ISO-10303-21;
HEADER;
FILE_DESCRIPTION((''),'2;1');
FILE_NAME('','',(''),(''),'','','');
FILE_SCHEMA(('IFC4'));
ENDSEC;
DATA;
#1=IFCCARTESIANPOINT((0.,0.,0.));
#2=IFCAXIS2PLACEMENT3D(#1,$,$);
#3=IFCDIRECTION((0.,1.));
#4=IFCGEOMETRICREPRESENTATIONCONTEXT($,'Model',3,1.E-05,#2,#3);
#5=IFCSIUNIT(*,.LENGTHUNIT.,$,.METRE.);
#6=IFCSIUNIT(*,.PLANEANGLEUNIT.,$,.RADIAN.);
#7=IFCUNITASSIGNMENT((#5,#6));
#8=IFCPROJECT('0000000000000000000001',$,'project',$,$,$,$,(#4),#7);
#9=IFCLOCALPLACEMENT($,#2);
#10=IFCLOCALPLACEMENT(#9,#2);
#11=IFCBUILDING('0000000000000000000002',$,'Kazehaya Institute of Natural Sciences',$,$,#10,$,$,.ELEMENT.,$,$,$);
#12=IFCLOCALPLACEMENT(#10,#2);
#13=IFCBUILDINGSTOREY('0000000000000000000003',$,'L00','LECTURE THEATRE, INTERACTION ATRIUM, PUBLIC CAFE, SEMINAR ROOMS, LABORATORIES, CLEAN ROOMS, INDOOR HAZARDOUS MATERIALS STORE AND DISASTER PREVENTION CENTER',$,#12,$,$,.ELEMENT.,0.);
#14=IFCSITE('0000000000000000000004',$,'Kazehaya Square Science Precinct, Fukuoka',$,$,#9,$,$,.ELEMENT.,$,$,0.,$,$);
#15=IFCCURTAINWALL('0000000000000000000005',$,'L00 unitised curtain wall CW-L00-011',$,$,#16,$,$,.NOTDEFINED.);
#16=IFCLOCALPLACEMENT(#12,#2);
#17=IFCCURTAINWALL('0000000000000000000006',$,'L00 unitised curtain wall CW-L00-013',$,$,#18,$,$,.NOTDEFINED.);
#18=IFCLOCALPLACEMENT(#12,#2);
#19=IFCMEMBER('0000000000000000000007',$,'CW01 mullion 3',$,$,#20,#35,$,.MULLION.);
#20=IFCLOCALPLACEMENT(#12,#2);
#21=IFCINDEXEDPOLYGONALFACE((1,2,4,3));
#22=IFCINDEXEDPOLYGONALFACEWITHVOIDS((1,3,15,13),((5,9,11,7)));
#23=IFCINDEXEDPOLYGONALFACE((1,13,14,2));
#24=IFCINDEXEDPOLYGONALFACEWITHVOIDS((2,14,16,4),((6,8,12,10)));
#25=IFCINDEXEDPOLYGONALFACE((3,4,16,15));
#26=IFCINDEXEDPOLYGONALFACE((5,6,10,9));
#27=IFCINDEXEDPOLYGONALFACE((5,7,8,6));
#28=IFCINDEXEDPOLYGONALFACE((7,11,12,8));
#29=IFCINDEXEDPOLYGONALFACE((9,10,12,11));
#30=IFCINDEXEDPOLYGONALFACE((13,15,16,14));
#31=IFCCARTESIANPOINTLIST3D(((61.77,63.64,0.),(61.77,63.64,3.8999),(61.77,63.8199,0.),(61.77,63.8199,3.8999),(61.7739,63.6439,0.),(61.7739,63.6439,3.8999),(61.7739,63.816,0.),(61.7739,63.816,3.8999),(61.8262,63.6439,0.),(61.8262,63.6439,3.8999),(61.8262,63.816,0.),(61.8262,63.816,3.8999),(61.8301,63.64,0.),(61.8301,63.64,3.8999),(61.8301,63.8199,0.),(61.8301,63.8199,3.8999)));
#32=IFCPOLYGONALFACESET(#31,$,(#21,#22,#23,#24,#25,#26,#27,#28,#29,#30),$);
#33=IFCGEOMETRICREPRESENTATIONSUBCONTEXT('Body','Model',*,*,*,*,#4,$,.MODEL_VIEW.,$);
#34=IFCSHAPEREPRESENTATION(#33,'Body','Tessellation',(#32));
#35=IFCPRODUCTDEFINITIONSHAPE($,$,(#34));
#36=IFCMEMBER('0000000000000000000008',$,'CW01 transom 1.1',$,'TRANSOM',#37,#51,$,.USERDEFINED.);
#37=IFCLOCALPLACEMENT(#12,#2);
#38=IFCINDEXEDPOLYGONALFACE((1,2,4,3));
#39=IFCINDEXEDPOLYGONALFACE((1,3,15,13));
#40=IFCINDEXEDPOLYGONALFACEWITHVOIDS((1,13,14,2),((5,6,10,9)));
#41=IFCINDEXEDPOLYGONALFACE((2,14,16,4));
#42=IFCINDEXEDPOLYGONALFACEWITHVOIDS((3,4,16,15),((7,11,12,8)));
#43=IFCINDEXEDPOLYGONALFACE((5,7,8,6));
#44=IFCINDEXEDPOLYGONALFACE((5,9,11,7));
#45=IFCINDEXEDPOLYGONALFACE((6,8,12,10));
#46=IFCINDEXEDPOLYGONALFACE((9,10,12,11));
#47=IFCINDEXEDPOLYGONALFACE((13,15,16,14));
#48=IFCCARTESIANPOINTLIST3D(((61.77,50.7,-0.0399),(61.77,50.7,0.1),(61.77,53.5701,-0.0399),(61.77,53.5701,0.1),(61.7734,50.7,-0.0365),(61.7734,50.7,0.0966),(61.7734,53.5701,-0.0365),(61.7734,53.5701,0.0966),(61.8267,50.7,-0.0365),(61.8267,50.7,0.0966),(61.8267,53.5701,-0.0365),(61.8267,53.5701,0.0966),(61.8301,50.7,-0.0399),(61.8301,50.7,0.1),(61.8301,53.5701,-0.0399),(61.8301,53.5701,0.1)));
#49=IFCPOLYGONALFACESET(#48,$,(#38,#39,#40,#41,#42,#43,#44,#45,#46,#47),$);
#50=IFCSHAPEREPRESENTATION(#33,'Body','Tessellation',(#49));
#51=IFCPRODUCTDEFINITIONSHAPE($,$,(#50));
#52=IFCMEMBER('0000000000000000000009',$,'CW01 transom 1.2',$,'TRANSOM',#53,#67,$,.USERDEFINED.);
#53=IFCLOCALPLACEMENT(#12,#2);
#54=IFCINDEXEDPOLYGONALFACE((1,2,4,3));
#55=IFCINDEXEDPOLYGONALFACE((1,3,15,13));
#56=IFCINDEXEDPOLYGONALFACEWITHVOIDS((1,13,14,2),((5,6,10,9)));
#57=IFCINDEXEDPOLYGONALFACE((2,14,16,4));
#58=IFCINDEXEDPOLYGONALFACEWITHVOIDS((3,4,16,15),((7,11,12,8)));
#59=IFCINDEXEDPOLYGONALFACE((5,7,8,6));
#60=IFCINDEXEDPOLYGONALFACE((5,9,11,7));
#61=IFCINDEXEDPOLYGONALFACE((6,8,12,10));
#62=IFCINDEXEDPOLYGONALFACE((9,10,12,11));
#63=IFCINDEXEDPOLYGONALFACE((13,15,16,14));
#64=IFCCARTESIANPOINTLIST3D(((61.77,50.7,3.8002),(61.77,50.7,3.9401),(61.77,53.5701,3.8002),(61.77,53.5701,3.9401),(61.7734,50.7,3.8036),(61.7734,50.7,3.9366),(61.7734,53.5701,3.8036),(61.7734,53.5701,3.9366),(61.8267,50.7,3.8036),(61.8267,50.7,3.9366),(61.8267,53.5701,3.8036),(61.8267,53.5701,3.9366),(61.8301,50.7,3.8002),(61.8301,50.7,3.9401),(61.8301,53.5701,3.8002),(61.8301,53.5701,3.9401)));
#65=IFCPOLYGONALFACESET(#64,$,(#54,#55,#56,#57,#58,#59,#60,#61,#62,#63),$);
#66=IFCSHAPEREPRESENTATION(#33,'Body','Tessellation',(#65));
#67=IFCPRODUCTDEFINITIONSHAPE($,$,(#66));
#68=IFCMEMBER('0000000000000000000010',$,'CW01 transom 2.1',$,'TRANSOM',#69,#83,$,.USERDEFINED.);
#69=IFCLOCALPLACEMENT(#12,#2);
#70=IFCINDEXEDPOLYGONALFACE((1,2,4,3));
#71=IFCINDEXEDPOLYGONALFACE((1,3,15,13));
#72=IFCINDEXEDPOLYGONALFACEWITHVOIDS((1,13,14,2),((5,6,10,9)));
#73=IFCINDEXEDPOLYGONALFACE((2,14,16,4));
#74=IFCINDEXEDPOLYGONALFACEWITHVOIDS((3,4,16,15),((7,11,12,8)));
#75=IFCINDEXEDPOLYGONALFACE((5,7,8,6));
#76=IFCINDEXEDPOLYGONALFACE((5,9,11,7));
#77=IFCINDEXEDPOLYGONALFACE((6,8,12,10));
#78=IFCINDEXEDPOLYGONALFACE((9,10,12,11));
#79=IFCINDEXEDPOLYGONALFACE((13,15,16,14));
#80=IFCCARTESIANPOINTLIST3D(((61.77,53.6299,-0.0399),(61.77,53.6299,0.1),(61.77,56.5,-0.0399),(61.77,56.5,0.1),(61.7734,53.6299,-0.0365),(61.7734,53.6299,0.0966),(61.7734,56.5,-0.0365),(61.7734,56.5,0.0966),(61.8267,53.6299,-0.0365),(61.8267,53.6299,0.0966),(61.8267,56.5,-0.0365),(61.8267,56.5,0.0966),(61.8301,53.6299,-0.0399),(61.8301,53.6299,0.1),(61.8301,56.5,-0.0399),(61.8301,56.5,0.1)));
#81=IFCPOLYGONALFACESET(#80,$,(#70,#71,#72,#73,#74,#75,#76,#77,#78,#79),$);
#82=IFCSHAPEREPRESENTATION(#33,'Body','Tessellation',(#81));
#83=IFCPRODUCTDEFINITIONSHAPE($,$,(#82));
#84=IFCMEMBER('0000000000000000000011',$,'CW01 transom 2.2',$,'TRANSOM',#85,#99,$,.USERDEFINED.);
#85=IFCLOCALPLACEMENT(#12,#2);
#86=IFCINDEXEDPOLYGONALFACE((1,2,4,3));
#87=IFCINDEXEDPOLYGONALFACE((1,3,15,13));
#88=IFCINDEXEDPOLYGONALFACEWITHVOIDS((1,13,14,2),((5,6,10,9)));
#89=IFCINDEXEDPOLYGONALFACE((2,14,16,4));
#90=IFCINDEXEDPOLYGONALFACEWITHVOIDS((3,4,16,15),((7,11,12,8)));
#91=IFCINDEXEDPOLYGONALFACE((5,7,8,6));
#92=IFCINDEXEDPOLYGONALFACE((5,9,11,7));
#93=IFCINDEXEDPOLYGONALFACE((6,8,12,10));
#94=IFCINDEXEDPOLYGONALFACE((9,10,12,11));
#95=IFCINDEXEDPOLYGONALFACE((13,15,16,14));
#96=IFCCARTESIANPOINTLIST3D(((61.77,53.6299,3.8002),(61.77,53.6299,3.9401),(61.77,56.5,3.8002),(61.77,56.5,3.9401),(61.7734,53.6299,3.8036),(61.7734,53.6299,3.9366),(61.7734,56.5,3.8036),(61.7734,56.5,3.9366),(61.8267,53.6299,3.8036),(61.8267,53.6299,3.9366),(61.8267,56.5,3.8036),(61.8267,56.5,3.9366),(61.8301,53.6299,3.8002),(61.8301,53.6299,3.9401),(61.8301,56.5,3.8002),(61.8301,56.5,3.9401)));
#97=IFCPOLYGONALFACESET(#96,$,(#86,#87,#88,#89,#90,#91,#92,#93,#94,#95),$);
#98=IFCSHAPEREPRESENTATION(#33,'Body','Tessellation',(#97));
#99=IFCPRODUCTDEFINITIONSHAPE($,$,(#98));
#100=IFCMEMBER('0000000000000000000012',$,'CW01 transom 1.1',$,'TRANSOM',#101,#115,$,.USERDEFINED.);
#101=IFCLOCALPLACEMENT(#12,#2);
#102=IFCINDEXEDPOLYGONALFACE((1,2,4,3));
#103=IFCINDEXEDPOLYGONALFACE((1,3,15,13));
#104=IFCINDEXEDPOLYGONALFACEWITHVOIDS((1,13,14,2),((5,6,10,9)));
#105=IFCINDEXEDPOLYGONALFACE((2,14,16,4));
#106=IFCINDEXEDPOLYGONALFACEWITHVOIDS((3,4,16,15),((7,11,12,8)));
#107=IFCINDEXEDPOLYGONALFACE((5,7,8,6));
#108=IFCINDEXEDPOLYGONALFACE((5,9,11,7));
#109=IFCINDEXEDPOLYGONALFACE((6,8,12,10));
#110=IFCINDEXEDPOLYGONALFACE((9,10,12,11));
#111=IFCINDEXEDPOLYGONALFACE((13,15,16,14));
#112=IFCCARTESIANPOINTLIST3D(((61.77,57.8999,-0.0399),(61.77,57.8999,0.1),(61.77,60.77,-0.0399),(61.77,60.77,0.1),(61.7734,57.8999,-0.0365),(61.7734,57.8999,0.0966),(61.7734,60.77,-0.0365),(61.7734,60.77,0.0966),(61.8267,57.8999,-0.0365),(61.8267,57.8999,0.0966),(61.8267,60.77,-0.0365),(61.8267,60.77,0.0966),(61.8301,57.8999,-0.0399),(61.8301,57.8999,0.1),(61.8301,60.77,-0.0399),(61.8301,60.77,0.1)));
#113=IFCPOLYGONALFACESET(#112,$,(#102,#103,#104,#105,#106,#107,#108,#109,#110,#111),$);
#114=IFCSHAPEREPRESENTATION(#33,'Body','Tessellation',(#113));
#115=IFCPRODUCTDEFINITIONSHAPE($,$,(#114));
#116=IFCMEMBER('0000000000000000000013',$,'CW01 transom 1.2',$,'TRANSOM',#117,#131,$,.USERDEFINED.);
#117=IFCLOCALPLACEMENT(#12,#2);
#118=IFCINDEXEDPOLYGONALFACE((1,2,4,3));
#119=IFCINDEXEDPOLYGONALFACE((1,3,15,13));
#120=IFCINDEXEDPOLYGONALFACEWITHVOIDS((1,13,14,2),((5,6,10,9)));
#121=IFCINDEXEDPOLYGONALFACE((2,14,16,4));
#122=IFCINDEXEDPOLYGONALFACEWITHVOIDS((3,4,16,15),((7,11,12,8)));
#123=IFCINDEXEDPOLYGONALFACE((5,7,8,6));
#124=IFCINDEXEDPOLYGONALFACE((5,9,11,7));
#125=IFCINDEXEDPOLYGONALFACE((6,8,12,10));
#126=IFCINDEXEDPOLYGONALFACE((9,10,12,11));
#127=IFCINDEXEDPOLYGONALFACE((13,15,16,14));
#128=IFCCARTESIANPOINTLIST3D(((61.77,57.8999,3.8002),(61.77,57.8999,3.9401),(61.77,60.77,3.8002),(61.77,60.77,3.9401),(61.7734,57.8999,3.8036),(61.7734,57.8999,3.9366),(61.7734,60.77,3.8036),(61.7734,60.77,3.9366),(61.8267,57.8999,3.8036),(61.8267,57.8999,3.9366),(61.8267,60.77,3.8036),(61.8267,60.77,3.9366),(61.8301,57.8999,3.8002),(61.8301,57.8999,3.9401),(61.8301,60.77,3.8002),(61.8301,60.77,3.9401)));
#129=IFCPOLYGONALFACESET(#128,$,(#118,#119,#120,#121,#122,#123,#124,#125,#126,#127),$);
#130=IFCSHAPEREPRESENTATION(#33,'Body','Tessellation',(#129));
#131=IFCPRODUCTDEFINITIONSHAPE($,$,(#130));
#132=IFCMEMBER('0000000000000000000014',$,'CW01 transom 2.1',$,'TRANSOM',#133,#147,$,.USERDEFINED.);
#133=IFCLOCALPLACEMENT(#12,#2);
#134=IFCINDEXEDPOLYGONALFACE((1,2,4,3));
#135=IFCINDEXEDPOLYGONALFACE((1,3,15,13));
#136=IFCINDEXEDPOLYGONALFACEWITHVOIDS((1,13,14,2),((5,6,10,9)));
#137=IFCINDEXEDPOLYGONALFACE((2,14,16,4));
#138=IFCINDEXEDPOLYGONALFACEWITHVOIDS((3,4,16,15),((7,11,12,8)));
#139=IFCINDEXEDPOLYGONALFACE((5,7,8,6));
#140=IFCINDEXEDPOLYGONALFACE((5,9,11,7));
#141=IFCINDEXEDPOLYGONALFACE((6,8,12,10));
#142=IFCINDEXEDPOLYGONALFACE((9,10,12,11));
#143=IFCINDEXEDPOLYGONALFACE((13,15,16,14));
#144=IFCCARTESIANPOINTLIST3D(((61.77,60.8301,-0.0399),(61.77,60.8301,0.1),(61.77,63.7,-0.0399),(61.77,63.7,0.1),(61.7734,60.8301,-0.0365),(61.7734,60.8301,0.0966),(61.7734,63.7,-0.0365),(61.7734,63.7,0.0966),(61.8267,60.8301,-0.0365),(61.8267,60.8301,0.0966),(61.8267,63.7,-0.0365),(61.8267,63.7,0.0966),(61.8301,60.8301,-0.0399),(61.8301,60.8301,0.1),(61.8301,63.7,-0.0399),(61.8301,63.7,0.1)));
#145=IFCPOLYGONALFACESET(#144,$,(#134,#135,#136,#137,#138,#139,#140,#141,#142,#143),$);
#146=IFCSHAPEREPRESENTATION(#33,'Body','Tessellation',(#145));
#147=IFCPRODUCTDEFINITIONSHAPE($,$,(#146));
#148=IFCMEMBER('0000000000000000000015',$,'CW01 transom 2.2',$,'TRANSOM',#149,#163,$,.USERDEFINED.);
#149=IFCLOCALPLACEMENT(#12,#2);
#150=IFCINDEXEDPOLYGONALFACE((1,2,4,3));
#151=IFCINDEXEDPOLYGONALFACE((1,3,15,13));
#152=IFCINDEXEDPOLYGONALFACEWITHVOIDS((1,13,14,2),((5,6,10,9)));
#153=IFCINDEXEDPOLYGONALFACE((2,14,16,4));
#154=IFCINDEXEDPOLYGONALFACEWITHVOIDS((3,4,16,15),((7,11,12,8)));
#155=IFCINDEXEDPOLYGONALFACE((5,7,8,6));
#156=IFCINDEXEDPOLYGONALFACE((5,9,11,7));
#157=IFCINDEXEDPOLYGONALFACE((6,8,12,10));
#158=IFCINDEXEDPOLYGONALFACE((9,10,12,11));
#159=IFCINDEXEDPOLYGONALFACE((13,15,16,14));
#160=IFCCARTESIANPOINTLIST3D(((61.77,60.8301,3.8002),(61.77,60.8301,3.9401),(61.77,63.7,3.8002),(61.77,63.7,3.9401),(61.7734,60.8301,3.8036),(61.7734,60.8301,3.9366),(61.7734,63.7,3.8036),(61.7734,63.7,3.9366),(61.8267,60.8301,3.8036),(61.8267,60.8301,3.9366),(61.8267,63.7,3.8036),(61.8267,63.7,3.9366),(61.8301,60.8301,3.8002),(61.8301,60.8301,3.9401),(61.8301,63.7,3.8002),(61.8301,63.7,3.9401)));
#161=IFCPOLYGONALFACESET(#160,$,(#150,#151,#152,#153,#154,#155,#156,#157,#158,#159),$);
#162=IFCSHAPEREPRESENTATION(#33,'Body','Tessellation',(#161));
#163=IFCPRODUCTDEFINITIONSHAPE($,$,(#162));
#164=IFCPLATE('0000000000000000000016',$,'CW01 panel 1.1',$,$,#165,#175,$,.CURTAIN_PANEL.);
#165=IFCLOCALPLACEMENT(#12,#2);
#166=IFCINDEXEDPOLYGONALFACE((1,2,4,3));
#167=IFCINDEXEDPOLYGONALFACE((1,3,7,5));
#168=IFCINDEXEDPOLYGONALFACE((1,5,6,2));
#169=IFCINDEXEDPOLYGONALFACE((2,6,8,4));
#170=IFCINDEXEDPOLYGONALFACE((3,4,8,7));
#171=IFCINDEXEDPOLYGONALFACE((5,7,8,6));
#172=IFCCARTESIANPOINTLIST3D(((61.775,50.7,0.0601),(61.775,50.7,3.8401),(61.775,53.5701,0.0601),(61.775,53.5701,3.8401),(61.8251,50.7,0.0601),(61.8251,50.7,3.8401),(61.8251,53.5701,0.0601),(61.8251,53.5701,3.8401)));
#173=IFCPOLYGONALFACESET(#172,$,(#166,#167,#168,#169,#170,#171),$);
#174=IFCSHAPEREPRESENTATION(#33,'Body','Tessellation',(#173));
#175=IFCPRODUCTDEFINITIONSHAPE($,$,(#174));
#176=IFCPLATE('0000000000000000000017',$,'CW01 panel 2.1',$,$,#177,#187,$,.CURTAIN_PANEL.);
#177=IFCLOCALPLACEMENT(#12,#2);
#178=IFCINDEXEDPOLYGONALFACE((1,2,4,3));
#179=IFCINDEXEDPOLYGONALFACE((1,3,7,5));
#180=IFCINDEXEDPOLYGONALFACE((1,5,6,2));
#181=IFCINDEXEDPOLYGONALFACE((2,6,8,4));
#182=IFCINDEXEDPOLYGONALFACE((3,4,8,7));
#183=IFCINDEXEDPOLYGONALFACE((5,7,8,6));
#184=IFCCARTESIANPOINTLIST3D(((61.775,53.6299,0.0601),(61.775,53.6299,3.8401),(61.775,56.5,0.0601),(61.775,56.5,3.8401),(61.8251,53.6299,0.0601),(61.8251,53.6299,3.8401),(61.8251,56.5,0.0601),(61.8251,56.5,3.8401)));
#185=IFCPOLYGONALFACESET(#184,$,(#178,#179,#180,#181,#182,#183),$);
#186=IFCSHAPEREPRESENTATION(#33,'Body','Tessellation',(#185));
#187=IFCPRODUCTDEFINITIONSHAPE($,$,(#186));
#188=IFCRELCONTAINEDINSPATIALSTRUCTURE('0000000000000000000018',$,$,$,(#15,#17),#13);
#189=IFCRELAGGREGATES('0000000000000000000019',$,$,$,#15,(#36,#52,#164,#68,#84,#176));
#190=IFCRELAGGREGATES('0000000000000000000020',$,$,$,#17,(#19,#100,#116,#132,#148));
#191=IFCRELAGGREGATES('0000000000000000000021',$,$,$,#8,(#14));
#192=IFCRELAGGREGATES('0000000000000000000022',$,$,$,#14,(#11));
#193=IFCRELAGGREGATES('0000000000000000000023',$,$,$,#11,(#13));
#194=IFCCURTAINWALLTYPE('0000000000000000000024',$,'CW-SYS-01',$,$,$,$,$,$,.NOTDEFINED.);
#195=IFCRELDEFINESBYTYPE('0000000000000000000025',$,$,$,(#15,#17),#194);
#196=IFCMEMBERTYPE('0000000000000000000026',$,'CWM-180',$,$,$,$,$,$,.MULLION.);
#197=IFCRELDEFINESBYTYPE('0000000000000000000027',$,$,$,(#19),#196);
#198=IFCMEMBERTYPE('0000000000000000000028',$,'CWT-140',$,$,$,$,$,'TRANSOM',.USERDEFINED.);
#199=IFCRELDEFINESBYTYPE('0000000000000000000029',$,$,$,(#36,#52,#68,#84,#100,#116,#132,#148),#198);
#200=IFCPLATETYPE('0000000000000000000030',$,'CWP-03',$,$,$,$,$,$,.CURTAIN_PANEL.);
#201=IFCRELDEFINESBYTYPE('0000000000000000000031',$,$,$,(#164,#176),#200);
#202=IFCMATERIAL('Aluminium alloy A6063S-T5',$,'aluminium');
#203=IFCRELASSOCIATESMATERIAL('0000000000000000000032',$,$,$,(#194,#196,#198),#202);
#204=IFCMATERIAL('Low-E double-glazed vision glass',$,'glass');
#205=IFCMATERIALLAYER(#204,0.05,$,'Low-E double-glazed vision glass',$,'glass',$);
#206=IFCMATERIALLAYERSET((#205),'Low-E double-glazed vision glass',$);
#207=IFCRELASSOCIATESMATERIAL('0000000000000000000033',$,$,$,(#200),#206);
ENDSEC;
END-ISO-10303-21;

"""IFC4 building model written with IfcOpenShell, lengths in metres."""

from ifc_helpers import new_model, si_unit, direction, frame, origin, origin_2d, place, context, subcontext, project, spatial, rectangle, hollow_rectangle, extrude, material, layer, layer_set, material_profile, profile_set, type_object, element, aggregate, save


model = new_model("IFC4")

# Units and contexts
model_context = context("Model", 3, precision=1e-05, world=origin(), true_north=direction((0.0, 1.0)))
body_context = subcontext(model_context, "Body", "Model", "MODEL_VIEW")
ifc_project = project(units=[si_unit("LENGTHUNIT", "METRE"), si_unit("PLANEANGLEUNIT", "RADIAN")], contexts=[model_context])

# Site, building, storey
site_placement = place(None, origin())
site = spatial("IfcSite", under=ifc_project, at=site_placement, Name="Kazehaya Square Science Precinct, Fukuoka", CompositionType="ELEMENT", RefElevation=0.0)
building_placement = place(site_placement, origin())
building = spatial("IfcBuilding", under=site, at=building_placement, Name="Kazehaya Institute of Natural Sciences", CompositionType="ELEMENT")
storey_placement = place(building_placement, origin())
storey = spatial("IfcBuildingStorey", under=building, at=storey_placement, Name="L00", Description="LECTURE THEATRE, INTERACTION ATRIUM, PUBLIC CAFE, SEMINAR ROOMS, LABORATORIES, CLEAN ROOMS, INDOOR HAZARDOUS MATERIALS STORE AND DISASTER PREVENTION CENTER", CompositionType="ELEMENT", Elevation=0.0)

# Shared definitions
ifc_material_1 = material(Name="Aluminium alloy A6063S-T5", Category="aluminium")
curtain_wall_type = type_object("IfcCurtainWallType", Name="CW-SYS-01", PredefinedType="NOTDEFINED", material=ifc_material_1)
ifc_material_profile_1 = material_profile(ifc_material_1, hollow_rectangle(XDim=0.0601, YDim=0.1799, WallThickness=0.0039, at=origin_2d()), Name="ALU-60x180x4")
ifc_profile_set_1 = profile_set([ifc_material_profile_1], Name="Aluminium alloy A6063S-T5")
member_type_1 = type_object("IfcMemberType", Name="CWM-180", PredefinedType="MULLION", material=ifc_profile_set_1)

# Curtain walls, member
curtain_wall_1_placement = place(storey_placement, origin())
curtain_wall_1 = element("IfcCurtainWall", 1, at=curtain_wall_1_placement, inside=storey, type_object=curtain_wall_type, Name="L00 unitised curtain wall CW-L00-011", PredefinedType="NOTDEFINED")
curtain_wall_2_placement = place(storey_placement, origin())
curtain_wall_2 = element("IfcCurtainWall", 2, at=curtain_wall_2_placement, inside=storey, type_object=curtain_wall_type, Name="L00 unitised curtain wall CW-L00-013", PredefinedType="NOTDEFINED")
member_1_placement = place(storey_placement, frame((61.8, 63.73, 0.0), z_axis=(0.0, 0.0, 1.0), x_axis=(-1.0, 0.0, 0.0)))
member_1 = element("IfcMember", 3, at=member_1_placement, type_object=member_type_1, Name="CW01 mullion 3", PredefinedType="MULLION", context=body_context, shape_type="SweptSolid", body=[
    extrude(hollow_rectangle(XDim=0.0601, YDim=0.1799, WallThickness=0.0039, at=origin_2d()), origin(), (0.0, 0.0, 1.0), 3.8999),
])

# Members
ifc_material_profile_2 = material_profile(ifc_material_1, hollow_rectangle(XDim=0.0601, YDim=0.1399, WallThickness=0.0034, at=origin_2d()), Name="ALU-60x140x3.5")
ifc_profile_set_2 = profile_set([ifc_material_profile_2], Name="Aluminium alloy A6063S-T5")
member_type_2 = type_object("IfcMemberType", Name="CWT-140", ElementType="TRANSOM", PredefinedType="USERDEFINED", material=ifc_profile_set_2)
member_2_placement = place(storey_placement, frame((61.8, 50.7, 0.03), z_axis=(0.0, 1.0, 0.0), x_axis=(-1.0, 0.0, 0.0)))
member_2 = element("IfcMember", 4, at=member_2_placement, type_object=member_type_2, Name="CW01 transom 1.1", ObjectType="TRANSOM", PredefinedType="USERDEFINED", context=body_context, shape_type="SweptSolid", body=[
    extrude(hollow_rectangle(XDim=0.0601, YDim=0.1399, WallThickness=0.0034, at=origin_2d()), origin(), (0.0, 0.0, 1.0), 2.8701),
])
member_3_placement = place(storey_placement, frame((61.8, 50.7, 3.8701), z_axis=(0.0, 1.0, 0.0), x_axis=(-1.0, 0.0, 0.0)))
member_3 = element("IfcMember", 5, at=member_3_placement, type_object=member_type_2, Name="CW01 transom 1.2", ObjectType="TRANSOM", PredefinedType="USERDEFINED", context=body_context, shape_type="SweptSolid", body=[
    extrude(hollow_rectangle(XDim=0.0601, YDim=0.1399, WallThickness=0.0034, at=origin_2d()), origin(), (0.0, 0.0, 1.0), 2.8701),
])
member_4_placement = place(storey_placement, frame((61.8, 53.6299, 0.03), z_axis=(0.0, 1.0, 0.0), x_axis=(-1.0, 0.0, 0.0)))
member_4 = element("IfcMember", 6, at=member_4_placement, type_object=member_type_2, Name="CW01 transom 2.1", ObjectType="TRANSOM", PredefinedType="USERDEFINED", context=body_context, shape_type="SweptSolid", body=[
    extrude(hollow_rectangle(XDim=0.0601, YDim=0.1399, WallThickness=0.0034, at=origin_2d()), origin(), (0.0, 0.0, 1.0), 2.8701),
])
member_5_placement = place(storey_placement, frame((61.8, 53.6299, 3.8701), z_axis=(0.0, 1.0, 0.0), x_axis=(-1.0, 0.0, 0.0)))
member_5 = element("IfcMember", 7, at=member_5_placement, type_object=member_type_2, Name="CW01 transom 2.2", ObjectType="TRANSOM", PredefinedType="USERDEFINED", context=body_context, shape_type="SweptSolid", body=[
    extrude(hollow_rectangle(XDim=0.0601, YDim=0.1399, WallThickness=0.0034, at=origin_2d()), origin(), (0.0, 0.0, 1.0), 2.8701),
])
member_6_placement = place(storey_placement, frame((61.8, 57.8999, 0.03), z_axis=(0.0, 1.0, 0.0), x_axis=(-1.0, 0.0, 0.0)))
member_6 = element("IfcMember", 8, at=member_6_placement, type_object=member_type_2, Name="CW01 transom 1.1", ObjectType="TRANSOM", PredefinedType="USERDEFINED", context=body_context, shape_type="SweptSolid", body=[
    extrude(hollow_rectangle(XDim=0.0601, YDim=0.1399, WallThickness=0.0034, at=origin_2d()), origin(), (0.0, 0.0, 1.0), 2.8701),
])
member_7_placement = place(storey_placement, frame((61.8, 57.8999, 3.8701), z_axis=(0.0, 1.0, 0.0), x_axis=(-1.0, 0.0, 0.0)))
member_7 = element("IfcMember", 9, at=member_7_placement, type_object=member_type_2, Name="CW01 transom 1.2", ObjectType="TRANSOM", PredefinedType="USERDEFINED", context=body_context, shape_type="SweptSolid", body=[
    extrude(hollow_rectangle(XDim=0.0601, YDim=0.1399, WallThickness=0.0034, at=origin_2d()), origin(), (0.0, 0.0, 1.0), 2.8701),
])
member_8_placement = place(storey_placement, frame((61.8, 60.8301, 0.03), z_axis=(0.0, 1.0, 0.0), x_axis=(-1.0, 0.0, 0.0)))
member_8 = element("IfcMember", 10, at=member_8_placement, type_object=member_type_2, Name="CW01 transom 2.1", ObjectType="TRANSOM", PredefinedType="USERDEFINED", context=body_context, shape_type="SweptSolid", body=[
    extrude(hollow_rectangle(XDim=0.0601, YDim=0.1399, WallThickness=0.0034, at=origin_2d()), origin(), (0.0, 0.0, 1.0), 2.8699),
])
member_9_placement = place(storey_placement, frame((61.8, 60.8301, 3.8701), z_axis=(0.0, 1.0, 0.0), x_axis=(-1.0, 0.0, 0.0)))
member_9 = element("IfcMember", 11, at=member_9_placement, type_object=member_type_2, Name="CW01 transom 2.2", ObjectType="TRANSOM", PredefinedType="USERDEFINED", context=body_context, shape_type="SweptSolid", body=[
    extrude(hollow_rectangle(XDim=0.0601, YDim=0.1399, WallThickness=0.0034, at=origin_2d()), origin(), (0.0, 0.0, 1.0), 2.8699),
])

# Plates
ifc_material_2 = material(Name="Low-E double-glazed vision glass", Category="glass")
ifc_layer_1 = layer(ifc_material_2, 0.05, Name="Low-E double-glazed vision glass", Category="glass")
ifc_layer_set_1 = layer_set([ifc_layer_1], Name="Low-E double-glazed vision glass")
plate_type_1 = type_object("IfcPlateType", Name="CWP-03", PredefinedType="CURTAIN_PANEL", material=ifc_layer_set_1)
plate_1_placement = place(storey_placement, frame((61.8, 52.135, 0.0601), z_axis=(0.0, 0.0, 1.0), x_axis=(0.0, 1.0, 0.0)))
plate_1 = element("IfcPlate", 12, at=plate_1_placement, type_object=plate_type_1, Name="CW01 panel 1.1", PredefinedType="CURTAIN_PANEL", context=body_context, shape_type="SweptSolid", body=[
    extrude(rectangle(XDim=2.8701, YDim=0.05, at=origin_2d()), origin(), (0.0, 0.0, 1.0), 3.78),
])
plate_2_placement = place(storey_placement, frame((61.8, 55.0649, 0.0601), z_axis=(0.0, 0.0, 1.0), x_axis=(0.0, 1.0, 0.0)))
plate_2 = element("IfcPlate", 13, at=plate_2_placement, type_object=plate_type_1, Name="CW01 panel 2.1", PredefinedType="CURTAIN_PANEL", context=body_context, shape_type="SweptSolid", body=[
    extrude(rectangle(XDim=2.8701, YDim=0.05, at=origin_2d()), origin(), (0.0, 0.0, 1.0), 3.78),
])
aggregate(curtain_wall_1, [member_2, member_3, plate_1, member_4, member_5, plate_2])
aggregate(curtain_wall_2, [member_1, member_6, member_7, member_8, member_9])

save(model, "model.ifc")
